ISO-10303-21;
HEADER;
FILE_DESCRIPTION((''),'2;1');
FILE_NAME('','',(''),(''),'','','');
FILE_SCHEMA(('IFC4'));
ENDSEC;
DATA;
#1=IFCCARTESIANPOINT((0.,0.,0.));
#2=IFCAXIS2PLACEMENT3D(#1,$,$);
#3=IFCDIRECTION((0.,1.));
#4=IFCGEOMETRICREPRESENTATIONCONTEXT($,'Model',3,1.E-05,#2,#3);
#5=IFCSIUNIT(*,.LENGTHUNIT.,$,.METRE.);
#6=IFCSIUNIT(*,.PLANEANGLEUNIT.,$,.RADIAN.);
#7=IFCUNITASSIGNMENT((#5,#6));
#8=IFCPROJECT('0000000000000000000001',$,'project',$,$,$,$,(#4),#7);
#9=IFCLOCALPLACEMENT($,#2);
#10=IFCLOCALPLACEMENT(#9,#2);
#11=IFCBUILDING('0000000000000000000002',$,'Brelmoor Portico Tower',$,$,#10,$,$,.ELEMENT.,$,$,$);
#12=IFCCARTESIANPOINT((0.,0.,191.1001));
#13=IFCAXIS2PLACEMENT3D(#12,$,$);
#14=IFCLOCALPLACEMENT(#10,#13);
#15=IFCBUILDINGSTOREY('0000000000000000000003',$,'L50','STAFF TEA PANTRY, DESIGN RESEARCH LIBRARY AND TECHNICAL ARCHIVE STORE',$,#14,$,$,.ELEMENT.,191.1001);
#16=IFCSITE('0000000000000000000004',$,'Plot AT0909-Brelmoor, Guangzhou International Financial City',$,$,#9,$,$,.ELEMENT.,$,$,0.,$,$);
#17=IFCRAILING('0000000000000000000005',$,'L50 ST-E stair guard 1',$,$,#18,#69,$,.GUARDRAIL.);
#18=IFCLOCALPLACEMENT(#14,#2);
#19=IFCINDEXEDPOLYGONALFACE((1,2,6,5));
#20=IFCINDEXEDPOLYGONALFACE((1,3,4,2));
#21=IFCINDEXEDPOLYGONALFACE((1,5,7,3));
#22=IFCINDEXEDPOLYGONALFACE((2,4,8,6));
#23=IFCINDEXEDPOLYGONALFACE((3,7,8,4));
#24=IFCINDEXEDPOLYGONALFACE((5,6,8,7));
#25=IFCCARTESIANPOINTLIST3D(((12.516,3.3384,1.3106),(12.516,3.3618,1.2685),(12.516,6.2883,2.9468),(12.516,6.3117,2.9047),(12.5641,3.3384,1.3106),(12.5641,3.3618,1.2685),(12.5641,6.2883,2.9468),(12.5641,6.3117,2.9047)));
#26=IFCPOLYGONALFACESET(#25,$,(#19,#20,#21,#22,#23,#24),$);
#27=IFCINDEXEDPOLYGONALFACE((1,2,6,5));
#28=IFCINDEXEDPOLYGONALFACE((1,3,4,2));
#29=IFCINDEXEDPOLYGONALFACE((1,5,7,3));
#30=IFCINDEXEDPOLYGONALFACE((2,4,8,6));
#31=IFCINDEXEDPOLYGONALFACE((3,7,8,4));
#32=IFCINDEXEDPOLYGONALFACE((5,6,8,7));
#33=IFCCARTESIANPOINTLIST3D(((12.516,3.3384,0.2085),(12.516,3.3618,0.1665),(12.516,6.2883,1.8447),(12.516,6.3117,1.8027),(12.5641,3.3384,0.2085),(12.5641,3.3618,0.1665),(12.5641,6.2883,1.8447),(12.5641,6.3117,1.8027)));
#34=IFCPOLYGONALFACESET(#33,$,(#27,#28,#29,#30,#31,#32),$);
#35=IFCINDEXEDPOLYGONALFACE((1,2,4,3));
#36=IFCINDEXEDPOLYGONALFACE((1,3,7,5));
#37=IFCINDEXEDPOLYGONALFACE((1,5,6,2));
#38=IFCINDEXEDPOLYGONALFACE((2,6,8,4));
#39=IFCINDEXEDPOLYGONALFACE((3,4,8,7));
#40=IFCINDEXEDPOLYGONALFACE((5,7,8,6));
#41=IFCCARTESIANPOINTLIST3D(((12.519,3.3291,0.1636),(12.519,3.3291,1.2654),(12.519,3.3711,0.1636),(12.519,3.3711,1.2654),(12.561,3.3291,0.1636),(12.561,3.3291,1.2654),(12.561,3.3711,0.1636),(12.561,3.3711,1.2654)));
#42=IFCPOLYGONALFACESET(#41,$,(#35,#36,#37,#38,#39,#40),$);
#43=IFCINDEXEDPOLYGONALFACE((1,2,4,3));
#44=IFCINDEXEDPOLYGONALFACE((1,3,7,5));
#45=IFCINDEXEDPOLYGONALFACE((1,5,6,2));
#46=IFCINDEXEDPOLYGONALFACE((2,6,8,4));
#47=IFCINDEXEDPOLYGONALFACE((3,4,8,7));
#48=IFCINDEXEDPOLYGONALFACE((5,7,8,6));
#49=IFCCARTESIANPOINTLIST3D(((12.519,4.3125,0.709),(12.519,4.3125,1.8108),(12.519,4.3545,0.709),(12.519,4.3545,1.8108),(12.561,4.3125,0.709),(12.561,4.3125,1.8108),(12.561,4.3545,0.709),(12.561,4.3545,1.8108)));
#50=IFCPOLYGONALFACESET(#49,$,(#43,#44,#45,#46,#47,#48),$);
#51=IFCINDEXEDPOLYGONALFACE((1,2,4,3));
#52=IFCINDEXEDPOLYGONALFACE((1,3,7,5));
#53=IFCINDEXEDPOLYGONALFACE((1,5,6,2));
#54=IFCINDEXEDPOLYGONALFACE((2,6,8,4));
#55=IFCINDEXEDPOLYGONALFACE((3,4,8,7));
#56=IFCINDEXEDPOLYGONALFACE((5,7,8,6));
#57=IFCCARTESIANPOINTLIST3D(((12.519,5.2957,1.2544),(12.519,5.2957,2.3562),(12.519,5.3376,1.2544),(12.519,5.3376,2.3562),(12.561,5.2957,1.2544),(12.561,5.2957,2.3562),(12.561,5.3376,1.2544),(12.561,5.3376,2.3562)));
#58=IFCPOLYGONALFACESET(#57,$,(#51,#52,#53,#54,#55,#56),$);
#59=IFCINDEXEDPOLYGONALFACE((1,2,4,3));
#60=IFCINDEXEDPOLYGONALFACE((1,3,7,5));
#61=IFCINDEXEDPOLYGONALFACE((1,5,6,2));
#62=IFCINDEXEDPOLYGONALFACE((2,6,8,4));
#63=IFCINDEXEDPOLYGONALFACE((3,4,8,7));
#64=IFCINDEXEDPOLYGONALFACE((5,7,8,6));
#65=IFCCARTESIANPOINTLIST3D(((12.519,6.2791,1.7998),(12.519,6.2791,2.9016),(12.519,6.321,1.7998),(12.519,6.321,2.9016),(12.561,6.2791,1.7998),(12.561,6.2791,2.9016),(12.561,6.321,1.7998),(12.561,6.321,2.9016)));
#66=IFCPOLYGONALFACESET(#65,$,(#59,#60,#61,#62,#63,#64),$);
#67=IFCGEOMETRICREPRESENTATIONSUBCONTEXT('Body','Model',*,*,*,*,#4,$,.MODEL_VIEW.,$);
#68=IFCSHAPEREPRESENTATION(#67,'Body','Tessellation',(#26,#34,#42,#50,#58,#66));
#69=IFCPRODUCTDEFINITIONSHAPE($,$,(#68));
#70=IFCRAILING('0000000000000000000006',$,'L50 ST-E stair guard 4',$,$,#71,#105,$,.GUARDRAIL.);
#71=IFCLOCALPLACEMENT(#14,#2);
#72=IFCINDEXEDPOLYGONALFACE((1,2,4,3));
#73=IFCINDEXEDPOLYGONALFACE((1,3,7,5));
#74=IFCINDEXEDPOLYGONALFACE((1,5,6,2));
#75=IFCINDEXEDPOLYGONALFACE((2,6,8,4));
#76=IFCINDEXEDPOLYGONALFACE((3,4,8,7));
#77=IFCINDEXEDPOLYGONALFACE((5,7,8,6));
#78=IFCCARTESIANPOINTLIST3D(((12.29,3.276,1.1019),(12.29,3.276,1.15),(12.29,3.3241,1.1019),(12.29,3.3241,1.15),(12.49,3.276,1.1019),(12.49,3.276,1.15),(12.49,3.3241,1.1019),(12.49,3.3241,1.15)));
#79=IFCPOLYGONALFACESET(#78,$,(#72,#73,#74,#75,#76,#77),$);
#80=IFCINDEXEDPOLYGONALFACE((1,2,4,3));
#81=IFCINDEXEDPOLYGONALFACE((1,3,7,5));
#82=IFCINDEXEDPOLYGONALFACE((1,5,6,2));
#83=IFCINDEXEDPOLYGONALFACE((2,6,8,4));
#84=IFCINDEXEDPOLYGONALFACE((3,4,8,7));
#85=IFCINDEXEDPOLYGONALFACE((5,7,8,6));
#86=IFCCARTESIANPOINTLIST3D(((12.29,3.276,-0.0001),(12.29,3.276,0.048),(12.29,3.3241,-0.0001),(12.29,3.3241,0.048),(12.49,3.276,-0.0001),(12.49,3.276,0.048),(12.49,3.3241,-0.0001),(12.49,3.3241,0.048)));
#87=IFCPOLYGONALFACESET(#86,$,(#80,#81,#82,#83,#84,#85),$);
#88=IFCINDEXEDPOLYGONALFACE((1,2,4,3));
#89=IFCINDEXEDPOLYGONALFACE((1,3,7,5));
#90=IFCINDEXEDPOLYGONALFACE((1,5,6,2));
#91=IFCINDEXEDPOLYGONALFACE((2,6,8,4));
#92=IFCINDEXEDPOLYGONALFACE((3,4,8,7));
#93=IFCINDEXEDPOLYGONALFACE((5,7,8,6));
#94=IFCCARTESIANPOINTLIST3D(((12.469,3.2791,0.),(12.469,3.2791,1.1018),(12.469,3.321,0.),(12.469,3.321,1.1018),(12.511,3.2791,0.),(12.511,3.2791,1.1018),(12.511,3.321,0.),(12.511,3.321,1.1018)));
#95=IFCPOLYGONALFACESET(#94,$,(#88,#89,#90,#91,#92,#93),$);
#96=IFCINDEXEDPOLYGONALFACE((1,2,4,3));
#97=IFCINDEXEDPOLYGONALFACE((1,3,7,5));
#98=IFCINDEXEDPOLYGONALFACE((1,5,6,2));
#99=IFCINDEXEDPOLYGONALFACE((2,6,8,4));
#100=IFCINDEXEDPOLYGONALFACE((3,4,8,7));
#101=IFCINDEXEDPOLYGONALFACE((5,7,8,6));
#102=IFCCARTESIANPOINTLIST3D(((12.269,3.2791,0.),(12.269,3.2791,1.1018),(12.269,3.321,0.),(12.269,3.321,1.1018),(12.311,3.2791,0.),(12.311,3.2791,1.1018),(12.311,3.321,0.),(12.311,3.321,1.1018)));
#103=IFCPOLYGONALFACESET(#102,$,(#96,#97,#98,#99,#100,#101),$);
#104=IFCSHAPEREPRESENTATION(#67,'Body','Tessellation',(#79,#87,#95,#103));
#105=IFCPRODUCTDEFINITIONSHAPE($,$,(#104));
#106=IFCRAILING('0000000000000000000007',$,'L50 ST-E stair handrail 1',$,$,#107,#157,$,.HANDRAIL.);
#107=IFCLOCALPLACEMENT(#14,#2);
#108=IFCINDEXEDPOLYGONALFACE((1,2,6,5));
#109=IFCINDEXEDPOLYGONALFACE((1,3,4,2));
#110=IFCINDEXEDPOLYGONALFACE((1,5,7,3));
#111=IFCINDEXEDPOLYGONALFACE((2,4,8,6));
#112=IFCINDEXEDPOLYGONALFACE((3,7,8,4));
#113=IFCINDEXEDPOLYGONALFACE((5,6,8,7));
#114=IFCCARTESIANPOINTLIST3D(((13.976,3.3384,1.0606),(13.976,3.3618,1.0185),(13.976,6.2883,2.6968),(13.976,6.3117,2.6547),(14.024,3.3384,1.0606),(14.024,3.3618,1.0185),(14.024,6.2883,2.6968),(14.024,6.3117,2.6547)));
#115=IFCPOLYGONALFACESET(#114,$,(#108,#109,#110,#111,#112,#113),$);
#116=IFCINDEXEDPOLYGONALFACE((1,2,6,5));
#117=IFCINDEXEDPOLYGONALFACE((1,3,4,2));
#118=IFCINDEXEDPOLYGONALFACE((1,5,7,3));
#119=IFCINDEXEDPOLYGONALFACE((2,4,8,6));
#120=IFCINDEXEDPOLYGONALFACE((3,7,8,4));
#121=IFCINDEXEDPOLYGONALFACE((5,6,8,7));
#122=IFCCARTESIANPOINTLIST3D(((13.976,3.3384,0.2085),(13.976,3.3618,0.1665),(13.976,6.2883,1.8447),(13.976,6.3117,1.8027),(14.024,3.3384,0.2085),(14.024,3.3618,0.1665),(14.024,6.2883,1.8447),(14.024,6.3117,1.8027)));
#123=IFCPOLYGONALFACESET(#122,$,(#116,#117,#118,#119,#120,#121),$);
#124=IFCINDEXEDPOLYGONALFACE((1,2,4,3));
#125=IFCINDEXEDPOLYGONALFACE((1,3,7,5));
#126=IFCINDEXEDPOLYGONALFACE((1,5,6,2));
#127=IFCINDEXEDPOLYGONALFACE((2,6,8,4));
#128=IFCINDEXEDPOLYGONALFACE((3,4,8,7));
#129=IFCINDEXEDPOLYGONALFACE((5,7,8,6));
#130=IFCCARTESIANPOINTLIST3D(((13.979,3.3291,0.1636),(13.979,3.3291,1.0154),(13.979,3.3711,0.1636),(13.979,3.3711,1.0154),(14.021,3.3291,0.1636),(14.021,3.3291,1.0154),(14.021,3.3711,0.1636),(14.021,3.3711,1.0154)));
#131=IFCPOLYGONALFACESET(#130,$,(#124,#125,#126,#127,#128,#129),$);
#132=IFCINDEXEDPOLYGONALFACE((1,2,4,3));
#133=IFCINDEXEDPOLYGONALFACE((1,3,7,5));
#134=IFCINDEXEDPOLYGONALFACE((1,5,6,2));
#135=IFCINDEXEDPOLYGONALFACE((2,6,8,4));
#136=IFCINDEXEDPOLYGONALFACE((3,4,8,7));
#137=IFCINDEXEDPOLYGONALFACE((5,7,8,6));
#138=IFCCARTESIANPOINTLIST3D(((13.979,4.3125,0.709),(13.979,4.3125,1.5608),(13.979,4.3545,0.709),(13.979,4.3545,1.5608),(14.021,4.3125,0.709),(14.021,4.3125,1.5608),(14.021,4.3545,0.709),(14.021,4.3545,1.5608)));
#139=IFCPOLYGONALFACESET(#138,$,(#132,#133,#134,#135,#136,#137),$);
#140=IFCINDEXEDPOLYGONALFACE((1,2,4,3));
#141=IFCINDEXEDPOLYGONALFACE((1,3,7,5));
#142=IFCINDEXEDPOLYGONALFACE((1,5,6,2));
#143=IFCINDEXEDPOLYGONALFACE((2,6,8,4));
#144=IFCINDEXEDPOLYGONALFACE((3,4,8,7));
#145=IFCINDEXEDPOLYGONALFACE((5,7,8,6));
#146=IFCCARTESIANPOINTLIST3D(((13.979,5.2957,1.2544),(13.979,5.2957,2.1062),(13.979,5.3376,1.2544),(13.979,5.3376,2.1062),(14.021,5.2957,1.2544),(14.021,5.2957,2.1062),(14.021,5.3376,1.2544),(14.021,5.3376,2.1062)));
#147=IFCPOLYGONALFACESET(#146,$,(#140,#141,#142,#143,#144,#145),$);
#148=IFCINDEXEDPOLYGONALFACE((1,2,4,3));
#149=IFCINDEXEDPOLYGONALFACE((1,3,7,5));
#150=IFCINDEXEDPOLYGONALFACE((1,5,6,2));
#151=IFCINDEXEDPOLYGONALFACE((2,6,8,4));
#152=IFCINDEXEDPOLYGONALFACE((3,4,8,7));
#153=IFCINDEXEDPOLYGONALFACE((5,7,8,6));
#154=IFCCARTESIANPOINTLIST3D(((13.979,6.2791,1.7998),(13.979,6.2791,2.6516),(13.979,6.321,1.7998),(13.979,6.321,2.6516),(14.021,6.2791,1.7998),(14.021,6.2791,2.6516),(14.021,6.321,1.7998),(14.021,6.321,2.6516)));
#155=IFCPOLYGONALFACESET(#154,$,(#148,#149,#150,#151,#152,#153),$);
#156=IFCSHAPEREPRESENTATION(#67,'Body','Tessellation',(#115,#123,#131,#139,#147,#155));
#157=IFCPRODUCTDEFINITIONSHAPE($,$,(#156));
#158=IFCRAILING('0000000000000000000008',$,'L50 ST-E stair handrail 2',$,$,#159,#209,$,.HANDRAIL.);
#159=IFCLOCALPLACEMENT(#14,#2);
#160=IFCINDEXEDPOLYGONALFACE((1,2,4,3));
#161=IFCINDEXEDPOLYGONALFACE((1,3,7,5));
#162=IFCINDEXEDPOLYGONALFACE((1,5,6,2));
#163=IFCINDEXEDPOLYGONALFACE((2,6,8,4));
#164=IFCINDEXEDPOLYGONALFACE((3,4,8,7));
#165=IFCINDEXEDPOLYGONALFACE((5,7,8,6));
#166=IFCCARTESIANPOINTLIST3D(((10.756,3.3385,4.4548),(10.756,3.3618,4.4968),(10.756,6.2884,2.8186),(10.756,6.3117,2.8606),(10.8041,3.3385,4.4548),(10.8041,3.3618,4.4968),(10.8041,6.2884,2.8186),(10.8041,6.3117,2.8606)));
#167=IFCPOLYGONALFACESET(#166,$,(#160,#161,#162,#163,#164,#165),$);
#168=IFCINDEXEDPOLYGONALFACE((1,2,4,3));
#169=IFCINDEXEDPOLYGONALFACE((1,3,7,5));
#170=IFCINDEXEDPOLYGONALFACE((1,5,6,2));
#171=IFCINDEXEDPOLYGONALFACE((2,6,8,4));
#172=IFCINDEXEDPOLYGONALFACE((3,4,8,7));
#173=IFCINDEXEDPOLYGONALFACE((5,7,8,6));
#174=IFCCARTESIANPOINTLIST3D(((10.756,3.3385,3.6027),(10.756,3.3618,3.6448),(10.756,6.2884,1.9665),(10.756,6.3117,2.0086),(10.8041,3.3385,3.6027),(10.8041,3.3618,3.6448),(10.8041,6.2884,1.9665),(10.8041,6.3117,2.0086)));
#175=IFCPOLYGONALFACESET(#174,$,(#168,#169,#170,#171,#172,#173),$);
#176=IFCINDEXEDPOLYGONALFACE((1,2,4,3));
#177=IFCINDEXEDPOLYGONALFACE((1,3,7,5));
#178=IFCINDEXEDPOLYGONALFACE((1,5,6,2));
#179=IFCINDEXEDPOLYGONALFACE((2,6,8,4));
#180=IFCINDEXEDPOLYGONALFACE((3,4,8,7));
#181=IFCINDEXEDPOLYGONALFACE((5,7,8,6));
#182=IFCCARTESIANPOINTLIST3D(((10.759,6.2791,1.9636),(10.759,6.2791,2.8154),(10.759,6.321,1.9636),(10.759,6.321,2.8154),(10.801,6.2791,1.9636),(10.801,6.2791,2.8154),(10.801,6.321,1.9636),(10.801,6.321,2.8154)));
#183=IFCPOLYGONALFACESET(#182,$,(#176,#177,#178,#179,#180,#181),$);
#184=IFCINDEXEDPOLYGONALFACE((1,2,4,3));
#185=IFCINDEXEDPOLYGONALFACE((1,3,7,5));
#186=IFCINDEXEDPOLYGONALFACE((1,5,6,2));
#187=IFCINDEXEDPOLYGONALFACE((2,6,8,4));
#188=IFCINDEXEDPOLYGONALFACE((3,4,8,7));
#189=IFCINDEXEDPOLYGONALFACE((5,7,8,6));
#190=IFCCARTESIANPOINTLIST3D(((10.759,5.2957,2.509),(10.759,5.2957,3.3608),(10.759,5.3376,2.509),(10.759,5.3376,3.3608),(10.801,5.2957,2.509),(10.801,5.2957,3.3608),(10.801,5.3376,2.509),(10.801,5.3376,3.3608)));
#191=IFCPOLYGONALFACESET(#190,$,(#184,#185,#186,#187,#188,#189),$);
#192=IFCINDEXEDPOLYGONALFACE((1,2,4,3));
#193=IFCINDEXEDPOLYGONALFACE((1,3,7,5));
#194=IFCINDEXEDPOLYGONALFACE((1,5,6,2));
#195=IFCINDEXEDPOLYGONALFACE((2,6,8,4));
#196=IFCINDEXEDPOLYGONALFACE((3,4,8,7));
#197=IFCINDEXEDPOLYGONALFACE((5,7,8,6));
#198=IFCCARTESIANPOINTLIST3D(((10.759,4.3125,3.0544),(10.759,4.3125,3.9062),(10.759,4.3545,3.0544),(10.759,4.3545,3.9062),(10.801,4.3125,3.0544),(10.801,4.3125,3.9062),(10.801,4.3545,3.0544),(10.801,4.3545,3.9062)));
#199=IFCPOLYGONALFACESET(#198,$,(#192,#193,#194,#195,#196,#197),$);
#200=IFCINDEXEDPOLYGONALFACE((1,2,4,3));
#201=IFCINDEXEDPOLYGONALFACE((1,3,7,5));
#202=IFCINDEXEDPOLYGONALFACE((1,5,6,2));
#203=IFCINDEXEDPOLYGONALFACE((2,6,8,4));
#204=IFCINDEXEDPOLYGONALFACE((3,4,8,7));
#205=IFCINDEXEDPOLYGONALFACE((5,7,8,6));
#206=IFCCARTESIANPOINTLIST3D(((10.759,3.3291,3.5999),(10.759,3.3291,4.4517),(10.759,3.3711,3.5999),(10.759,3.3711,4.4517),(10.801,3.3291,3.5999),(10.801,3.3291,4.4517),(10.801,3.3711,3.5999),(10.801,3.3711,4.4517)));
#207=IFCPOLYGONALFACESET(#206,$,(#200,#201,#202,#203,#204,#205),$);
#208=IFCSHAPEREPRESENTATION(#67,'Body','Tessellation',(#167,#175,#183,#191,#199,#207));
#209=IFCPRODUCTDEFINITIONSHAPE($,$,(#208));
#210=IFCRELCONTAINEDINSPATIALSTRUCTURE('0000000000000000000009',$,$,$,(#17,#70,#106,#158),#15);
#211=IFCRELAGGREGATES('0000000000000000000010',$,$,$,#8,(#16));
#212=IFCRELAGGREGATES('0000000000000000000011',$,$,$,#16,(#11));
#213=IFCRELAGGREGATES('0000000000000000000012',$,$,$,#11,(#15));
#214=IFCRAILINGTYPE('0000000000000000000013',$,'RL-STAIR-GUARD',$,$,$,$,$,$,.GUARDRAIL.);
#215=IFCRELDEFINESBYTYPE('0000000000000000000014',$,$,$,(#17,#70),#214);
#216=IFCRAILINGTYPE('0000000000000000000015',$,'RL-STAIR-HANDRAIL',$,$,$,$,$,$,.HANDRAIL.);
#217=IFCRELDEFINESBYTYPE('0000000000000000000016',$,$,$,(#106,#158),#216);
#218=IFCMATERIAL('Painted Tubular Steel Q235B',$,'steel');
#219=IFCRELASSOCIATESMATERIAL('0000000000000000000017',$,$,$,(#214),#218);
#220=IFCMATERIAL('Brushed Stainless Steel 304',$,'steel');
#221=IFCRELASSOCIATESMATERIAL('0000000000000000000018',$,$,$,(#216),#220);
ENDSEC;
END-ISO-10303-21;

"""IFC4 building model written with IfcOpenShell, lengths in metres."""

from ifc_helpers import new_model, si_unit, direction, frame, origin, origin_2d, place, context, subcontext, project, spatial, rectangle, extrude, material, type_object, element, save


model = new_model("IFC4")

# Units and contexts
model_context = context("Model", 3, precision=1e-05, world=origin(), true_north=direction((0.0, 1.0)))
body_context = subcontext(model_context, "Body", "Model", "MODEL_VIEW")
ifc_project = project(units=[si_unit("LENGTHUNIT", "METRE"), si_unit("PLANEANGLEUNIT", "RADIAN")], contexts=[model_context])

# Site, building, storey
site_placement = place(None, origin())
site = spatial("IfcSite", under=ifc_project, at=site_placement, Name="Plot AT0909-Brelmoor, Guangzhou International Financial City", CompositionType="ELEMENT", RefElevation=0.0)
building_placement = place(site_placement, origin())
building = spatial("IfcBuilding", under=site, at=building_placement, Name="Brelmoor Portico Tower", CompositionType="ELEMENT")
storey_placement = place(building_placement, frame((0.0, 0.0, 191.1001)))
storey = spatial("IfcBuildingStorey", under=building, at=storey_placement, Name="L50", Description="STAFF TEA PANTRY, DESIGN RESEARCH LIBRARY AND TECHNICAL ARCHIVE STORE", CompositionType="ELEMENT", Elevation=191.1001)

# Railings
ifc_material_1 = material(Name="Painted Tubular Steel Q235B", Category="steel")
railing_type_1 = type_object("IfcRailingType", Name="RL-STAIR-GUARD", PredefinedType="GUARDRAIL", material=ifc_material_1)
railing_1_placement = place(storey_placement, frame((12.54, 3.3501, 0.1636)))
element("IfcRailing", 1, at=railing_1_placement, inside=storey, type_object=railing_type_1, Name="L50 ST-E stair guard 1", PredefinedType="GUARDRAIL", context=body_context, shape_type="SweptSolid", body=[
    extrude(rectangle(XDim=0.0481, YDim=0.0481, at=origin_2d()), frame((0.0, 0.0, 1.126), z_axis=(0.0, 0.874488, 0.485047), x_axis=(-1.0, 0.0, 0.0)), (0.0, 0.0, 1.0), 3.3733),
    extrude(rectangle(XDim=0.0481, YDim=0.0481, at=origin_2d()), frame((0.0, 0.0, 0.0239), z_axis=(0.0, 0.874488, 0.485047), x_axis=(-1.0, 0.0, 0.0)), (0.0, 0.0, 1.0), 3.3733),
    extrude(rectangle(XDim=0.042, YDim=0.042, at=origin_2d()), origin(), (0.0, 0.0, 1.0), 1.1018),
    extrude(rectangle(XDim=0.042, YDim=0.042, at=origin_2d()), frame((0.0, 0.9834, 0.5454)), (0.0, 0.0, 1.0), 1.1018),
    extrude(rectangle(XDim=0.042, YDim=0.042, at=origin_2d()), frame((0.0, 1.9666, 1.0908)), (0.0, 0.0, 1.0), 1.1018),
    extrude(rectangle(XDim=0.042, YDim=0.042, at=origin_2d()), frame((0.0, 2.95, 1.6362)), (0.0, 0.0, 1.0), 1.1018),
])
railing_2_placement = place(storey_placement, frame((12.49, 3.3, 0.0)))
element("IfcRailing", 2, at=railing_2_placement, inside=storey, type_object=railing_type_1, Name="L50 ST-E stair guard 4", PredefinedType="GUARDRAIL", context=body_context, shape_type="SweptSolid", body=[
    extrude(rectangle(XDim=0.0481, YDim=0.0481, at=origin_2d()), frame((0.0, 0.0, 1.126), z_axis=(-1.0, 0.0, 0.0), x_axis=(0.0, -1.0, 0.0)), (0.0, 0.0, 1.0), 0.2),
    extrude(rectangle(XDim=0.0481, YDim=0.0481, at=origin_2d()), frame((0.0, 0.0, 0.0239), z_axis=(-1.0, 0.0, 0.0), x_axis=(0.0, -1.0, 0.0)), (0.0, 0.0, 1.0), 0.2),
    extrude(rectangle(XDim=0.042, YDim=0.042, at=origin_2d()), origin(), (0.0, 0.0, 1.0), 1.1018),
    extrude(rectangle(XDim=0.042, YDim=0.042, at=origin_2d()), frame((-0.2, 0.0, 0.0)), (0.0, 0.0, 1.0), 1.1018),
])
ifc_material_2 = material(Name="Brushed Stainless Steel 304", Category="steel")
railing_type_2 = type_object("IfcRailingType", Name="RL-STAIR-HANDRAIL", PredefinedType="HANDRAIL", material=ifc_material_2)
railing_3_placement = place(storey_placement, frame((14.0, 3.3501, 0.1636)))
element("IfcRailing", 3, at=railing_3_placement, inside=storey, type_object=railing_type_2, Name="L50 ST-E stair handrail 1", PredefinedType="HANDRAIL", context=body_context, shape_type="SweptSolid", body=[
    extrude(rectangle(XDim=0.0481, YDim=0.0481, at=origin_2d()), frame((0.0, 0.0, 0.876), z_axis=(0.0, 0.874488, 0.485047), x_axis=(-1.0, 0.0, 0.0)), (0.0, 0.0, 1.0), 3.3733),
    extrude(rectangle(XDim=0.0481, YDim=0.0481, at=origin_2d()), frame((0.0, 0.0, 0.0239), z_axis=(0.0, 0.874488, 0.485047), x_axis=(-1.0, 0.0, 0.0)), (0.0, 0.0, 1.0), 3.3733),
    extrude(rectangle(XDim=0.042, YDim=0.042, at=origin_2d()), origin(), (0.0, 0.0, 1.0), 0.8518),
    extrude(rectangle(XDim=0.042, YDim=0.042, at=origin_2d()), frame((0.0, 0.9834, 0.5454)), (0.0, 0.0, 1.0), 0.8518),
    extrude(rectangle(XDim=0.042, YDim=0.042, at=origin_2d()), frame((0.0, 1.9666, 1.0908)), (0.0, 0.0, 1.0), 0.8518),
    extrude(rectangle(XDim=0.042, YDim=0.042, at=origin_2d()), frame((0.0, 2.95, 1.6362)), (0.0, 0.0, 1.0), 0.8518),
])
railing_4_placement = place(storey_placement, frame((10.78, 6.3, 1.9636)))
element("IfcRailing", 4, at=railing_4_placement, inside=storey, type_object=railing_type_2, Name="L50 ST-E stair handrail 2", PredefinedType="HANDRAIL", context=body_context, shape_type="SweptSolid", body=[
    extrude(rectangle(XDim=0.0481, YDim=0.0481, at=origin_2d()), frame((0.0, 0.0, 0.876), z_axis=(0.0, -0.874488, 0.485047), x_axis=(1.0, 0.0, 0.0)), (0.0, 0.0, 1.0), 3.3733),
    extrude(rectangle(XDim=0.0481, YDim=0.0481, at=origin_2d()), frame((0.0, 0.0, 0.0239), z_axis=(0.0, -0.874488, 0.485047), x_axis=(1.0, 0.0, 0.0)), (0.0, 0.0, 1.0), 3.3733),
    extrude(rectangle(XDim=0.042, YDim=0.042, at=origin_2d()), origin(), (0.0, 0.0, 1.0), 0.8518),
    extrude(rectangle(XDim=0.042, YDim=0.042, at=origin_2d()), frame((0.0, -0.9834, 0.5454)), (0.0, 0.0, 1.0), 0.8518),
    extrude(rectangle(XDim=0.042, YDim=0.042, at=origin_2d()), frame((0.0, -1.9666, 1.0908)), (0.0, 0.0, 1.0), 0.8518),
    extrude(rectangle(XDim=0.042, YDim=0.042, at=origin_2d()), frame((0.0, -2.95, 1.6362)), (0.0, 0.0, 1.0), 0.8518),
])

save(model, "model.ifc")
